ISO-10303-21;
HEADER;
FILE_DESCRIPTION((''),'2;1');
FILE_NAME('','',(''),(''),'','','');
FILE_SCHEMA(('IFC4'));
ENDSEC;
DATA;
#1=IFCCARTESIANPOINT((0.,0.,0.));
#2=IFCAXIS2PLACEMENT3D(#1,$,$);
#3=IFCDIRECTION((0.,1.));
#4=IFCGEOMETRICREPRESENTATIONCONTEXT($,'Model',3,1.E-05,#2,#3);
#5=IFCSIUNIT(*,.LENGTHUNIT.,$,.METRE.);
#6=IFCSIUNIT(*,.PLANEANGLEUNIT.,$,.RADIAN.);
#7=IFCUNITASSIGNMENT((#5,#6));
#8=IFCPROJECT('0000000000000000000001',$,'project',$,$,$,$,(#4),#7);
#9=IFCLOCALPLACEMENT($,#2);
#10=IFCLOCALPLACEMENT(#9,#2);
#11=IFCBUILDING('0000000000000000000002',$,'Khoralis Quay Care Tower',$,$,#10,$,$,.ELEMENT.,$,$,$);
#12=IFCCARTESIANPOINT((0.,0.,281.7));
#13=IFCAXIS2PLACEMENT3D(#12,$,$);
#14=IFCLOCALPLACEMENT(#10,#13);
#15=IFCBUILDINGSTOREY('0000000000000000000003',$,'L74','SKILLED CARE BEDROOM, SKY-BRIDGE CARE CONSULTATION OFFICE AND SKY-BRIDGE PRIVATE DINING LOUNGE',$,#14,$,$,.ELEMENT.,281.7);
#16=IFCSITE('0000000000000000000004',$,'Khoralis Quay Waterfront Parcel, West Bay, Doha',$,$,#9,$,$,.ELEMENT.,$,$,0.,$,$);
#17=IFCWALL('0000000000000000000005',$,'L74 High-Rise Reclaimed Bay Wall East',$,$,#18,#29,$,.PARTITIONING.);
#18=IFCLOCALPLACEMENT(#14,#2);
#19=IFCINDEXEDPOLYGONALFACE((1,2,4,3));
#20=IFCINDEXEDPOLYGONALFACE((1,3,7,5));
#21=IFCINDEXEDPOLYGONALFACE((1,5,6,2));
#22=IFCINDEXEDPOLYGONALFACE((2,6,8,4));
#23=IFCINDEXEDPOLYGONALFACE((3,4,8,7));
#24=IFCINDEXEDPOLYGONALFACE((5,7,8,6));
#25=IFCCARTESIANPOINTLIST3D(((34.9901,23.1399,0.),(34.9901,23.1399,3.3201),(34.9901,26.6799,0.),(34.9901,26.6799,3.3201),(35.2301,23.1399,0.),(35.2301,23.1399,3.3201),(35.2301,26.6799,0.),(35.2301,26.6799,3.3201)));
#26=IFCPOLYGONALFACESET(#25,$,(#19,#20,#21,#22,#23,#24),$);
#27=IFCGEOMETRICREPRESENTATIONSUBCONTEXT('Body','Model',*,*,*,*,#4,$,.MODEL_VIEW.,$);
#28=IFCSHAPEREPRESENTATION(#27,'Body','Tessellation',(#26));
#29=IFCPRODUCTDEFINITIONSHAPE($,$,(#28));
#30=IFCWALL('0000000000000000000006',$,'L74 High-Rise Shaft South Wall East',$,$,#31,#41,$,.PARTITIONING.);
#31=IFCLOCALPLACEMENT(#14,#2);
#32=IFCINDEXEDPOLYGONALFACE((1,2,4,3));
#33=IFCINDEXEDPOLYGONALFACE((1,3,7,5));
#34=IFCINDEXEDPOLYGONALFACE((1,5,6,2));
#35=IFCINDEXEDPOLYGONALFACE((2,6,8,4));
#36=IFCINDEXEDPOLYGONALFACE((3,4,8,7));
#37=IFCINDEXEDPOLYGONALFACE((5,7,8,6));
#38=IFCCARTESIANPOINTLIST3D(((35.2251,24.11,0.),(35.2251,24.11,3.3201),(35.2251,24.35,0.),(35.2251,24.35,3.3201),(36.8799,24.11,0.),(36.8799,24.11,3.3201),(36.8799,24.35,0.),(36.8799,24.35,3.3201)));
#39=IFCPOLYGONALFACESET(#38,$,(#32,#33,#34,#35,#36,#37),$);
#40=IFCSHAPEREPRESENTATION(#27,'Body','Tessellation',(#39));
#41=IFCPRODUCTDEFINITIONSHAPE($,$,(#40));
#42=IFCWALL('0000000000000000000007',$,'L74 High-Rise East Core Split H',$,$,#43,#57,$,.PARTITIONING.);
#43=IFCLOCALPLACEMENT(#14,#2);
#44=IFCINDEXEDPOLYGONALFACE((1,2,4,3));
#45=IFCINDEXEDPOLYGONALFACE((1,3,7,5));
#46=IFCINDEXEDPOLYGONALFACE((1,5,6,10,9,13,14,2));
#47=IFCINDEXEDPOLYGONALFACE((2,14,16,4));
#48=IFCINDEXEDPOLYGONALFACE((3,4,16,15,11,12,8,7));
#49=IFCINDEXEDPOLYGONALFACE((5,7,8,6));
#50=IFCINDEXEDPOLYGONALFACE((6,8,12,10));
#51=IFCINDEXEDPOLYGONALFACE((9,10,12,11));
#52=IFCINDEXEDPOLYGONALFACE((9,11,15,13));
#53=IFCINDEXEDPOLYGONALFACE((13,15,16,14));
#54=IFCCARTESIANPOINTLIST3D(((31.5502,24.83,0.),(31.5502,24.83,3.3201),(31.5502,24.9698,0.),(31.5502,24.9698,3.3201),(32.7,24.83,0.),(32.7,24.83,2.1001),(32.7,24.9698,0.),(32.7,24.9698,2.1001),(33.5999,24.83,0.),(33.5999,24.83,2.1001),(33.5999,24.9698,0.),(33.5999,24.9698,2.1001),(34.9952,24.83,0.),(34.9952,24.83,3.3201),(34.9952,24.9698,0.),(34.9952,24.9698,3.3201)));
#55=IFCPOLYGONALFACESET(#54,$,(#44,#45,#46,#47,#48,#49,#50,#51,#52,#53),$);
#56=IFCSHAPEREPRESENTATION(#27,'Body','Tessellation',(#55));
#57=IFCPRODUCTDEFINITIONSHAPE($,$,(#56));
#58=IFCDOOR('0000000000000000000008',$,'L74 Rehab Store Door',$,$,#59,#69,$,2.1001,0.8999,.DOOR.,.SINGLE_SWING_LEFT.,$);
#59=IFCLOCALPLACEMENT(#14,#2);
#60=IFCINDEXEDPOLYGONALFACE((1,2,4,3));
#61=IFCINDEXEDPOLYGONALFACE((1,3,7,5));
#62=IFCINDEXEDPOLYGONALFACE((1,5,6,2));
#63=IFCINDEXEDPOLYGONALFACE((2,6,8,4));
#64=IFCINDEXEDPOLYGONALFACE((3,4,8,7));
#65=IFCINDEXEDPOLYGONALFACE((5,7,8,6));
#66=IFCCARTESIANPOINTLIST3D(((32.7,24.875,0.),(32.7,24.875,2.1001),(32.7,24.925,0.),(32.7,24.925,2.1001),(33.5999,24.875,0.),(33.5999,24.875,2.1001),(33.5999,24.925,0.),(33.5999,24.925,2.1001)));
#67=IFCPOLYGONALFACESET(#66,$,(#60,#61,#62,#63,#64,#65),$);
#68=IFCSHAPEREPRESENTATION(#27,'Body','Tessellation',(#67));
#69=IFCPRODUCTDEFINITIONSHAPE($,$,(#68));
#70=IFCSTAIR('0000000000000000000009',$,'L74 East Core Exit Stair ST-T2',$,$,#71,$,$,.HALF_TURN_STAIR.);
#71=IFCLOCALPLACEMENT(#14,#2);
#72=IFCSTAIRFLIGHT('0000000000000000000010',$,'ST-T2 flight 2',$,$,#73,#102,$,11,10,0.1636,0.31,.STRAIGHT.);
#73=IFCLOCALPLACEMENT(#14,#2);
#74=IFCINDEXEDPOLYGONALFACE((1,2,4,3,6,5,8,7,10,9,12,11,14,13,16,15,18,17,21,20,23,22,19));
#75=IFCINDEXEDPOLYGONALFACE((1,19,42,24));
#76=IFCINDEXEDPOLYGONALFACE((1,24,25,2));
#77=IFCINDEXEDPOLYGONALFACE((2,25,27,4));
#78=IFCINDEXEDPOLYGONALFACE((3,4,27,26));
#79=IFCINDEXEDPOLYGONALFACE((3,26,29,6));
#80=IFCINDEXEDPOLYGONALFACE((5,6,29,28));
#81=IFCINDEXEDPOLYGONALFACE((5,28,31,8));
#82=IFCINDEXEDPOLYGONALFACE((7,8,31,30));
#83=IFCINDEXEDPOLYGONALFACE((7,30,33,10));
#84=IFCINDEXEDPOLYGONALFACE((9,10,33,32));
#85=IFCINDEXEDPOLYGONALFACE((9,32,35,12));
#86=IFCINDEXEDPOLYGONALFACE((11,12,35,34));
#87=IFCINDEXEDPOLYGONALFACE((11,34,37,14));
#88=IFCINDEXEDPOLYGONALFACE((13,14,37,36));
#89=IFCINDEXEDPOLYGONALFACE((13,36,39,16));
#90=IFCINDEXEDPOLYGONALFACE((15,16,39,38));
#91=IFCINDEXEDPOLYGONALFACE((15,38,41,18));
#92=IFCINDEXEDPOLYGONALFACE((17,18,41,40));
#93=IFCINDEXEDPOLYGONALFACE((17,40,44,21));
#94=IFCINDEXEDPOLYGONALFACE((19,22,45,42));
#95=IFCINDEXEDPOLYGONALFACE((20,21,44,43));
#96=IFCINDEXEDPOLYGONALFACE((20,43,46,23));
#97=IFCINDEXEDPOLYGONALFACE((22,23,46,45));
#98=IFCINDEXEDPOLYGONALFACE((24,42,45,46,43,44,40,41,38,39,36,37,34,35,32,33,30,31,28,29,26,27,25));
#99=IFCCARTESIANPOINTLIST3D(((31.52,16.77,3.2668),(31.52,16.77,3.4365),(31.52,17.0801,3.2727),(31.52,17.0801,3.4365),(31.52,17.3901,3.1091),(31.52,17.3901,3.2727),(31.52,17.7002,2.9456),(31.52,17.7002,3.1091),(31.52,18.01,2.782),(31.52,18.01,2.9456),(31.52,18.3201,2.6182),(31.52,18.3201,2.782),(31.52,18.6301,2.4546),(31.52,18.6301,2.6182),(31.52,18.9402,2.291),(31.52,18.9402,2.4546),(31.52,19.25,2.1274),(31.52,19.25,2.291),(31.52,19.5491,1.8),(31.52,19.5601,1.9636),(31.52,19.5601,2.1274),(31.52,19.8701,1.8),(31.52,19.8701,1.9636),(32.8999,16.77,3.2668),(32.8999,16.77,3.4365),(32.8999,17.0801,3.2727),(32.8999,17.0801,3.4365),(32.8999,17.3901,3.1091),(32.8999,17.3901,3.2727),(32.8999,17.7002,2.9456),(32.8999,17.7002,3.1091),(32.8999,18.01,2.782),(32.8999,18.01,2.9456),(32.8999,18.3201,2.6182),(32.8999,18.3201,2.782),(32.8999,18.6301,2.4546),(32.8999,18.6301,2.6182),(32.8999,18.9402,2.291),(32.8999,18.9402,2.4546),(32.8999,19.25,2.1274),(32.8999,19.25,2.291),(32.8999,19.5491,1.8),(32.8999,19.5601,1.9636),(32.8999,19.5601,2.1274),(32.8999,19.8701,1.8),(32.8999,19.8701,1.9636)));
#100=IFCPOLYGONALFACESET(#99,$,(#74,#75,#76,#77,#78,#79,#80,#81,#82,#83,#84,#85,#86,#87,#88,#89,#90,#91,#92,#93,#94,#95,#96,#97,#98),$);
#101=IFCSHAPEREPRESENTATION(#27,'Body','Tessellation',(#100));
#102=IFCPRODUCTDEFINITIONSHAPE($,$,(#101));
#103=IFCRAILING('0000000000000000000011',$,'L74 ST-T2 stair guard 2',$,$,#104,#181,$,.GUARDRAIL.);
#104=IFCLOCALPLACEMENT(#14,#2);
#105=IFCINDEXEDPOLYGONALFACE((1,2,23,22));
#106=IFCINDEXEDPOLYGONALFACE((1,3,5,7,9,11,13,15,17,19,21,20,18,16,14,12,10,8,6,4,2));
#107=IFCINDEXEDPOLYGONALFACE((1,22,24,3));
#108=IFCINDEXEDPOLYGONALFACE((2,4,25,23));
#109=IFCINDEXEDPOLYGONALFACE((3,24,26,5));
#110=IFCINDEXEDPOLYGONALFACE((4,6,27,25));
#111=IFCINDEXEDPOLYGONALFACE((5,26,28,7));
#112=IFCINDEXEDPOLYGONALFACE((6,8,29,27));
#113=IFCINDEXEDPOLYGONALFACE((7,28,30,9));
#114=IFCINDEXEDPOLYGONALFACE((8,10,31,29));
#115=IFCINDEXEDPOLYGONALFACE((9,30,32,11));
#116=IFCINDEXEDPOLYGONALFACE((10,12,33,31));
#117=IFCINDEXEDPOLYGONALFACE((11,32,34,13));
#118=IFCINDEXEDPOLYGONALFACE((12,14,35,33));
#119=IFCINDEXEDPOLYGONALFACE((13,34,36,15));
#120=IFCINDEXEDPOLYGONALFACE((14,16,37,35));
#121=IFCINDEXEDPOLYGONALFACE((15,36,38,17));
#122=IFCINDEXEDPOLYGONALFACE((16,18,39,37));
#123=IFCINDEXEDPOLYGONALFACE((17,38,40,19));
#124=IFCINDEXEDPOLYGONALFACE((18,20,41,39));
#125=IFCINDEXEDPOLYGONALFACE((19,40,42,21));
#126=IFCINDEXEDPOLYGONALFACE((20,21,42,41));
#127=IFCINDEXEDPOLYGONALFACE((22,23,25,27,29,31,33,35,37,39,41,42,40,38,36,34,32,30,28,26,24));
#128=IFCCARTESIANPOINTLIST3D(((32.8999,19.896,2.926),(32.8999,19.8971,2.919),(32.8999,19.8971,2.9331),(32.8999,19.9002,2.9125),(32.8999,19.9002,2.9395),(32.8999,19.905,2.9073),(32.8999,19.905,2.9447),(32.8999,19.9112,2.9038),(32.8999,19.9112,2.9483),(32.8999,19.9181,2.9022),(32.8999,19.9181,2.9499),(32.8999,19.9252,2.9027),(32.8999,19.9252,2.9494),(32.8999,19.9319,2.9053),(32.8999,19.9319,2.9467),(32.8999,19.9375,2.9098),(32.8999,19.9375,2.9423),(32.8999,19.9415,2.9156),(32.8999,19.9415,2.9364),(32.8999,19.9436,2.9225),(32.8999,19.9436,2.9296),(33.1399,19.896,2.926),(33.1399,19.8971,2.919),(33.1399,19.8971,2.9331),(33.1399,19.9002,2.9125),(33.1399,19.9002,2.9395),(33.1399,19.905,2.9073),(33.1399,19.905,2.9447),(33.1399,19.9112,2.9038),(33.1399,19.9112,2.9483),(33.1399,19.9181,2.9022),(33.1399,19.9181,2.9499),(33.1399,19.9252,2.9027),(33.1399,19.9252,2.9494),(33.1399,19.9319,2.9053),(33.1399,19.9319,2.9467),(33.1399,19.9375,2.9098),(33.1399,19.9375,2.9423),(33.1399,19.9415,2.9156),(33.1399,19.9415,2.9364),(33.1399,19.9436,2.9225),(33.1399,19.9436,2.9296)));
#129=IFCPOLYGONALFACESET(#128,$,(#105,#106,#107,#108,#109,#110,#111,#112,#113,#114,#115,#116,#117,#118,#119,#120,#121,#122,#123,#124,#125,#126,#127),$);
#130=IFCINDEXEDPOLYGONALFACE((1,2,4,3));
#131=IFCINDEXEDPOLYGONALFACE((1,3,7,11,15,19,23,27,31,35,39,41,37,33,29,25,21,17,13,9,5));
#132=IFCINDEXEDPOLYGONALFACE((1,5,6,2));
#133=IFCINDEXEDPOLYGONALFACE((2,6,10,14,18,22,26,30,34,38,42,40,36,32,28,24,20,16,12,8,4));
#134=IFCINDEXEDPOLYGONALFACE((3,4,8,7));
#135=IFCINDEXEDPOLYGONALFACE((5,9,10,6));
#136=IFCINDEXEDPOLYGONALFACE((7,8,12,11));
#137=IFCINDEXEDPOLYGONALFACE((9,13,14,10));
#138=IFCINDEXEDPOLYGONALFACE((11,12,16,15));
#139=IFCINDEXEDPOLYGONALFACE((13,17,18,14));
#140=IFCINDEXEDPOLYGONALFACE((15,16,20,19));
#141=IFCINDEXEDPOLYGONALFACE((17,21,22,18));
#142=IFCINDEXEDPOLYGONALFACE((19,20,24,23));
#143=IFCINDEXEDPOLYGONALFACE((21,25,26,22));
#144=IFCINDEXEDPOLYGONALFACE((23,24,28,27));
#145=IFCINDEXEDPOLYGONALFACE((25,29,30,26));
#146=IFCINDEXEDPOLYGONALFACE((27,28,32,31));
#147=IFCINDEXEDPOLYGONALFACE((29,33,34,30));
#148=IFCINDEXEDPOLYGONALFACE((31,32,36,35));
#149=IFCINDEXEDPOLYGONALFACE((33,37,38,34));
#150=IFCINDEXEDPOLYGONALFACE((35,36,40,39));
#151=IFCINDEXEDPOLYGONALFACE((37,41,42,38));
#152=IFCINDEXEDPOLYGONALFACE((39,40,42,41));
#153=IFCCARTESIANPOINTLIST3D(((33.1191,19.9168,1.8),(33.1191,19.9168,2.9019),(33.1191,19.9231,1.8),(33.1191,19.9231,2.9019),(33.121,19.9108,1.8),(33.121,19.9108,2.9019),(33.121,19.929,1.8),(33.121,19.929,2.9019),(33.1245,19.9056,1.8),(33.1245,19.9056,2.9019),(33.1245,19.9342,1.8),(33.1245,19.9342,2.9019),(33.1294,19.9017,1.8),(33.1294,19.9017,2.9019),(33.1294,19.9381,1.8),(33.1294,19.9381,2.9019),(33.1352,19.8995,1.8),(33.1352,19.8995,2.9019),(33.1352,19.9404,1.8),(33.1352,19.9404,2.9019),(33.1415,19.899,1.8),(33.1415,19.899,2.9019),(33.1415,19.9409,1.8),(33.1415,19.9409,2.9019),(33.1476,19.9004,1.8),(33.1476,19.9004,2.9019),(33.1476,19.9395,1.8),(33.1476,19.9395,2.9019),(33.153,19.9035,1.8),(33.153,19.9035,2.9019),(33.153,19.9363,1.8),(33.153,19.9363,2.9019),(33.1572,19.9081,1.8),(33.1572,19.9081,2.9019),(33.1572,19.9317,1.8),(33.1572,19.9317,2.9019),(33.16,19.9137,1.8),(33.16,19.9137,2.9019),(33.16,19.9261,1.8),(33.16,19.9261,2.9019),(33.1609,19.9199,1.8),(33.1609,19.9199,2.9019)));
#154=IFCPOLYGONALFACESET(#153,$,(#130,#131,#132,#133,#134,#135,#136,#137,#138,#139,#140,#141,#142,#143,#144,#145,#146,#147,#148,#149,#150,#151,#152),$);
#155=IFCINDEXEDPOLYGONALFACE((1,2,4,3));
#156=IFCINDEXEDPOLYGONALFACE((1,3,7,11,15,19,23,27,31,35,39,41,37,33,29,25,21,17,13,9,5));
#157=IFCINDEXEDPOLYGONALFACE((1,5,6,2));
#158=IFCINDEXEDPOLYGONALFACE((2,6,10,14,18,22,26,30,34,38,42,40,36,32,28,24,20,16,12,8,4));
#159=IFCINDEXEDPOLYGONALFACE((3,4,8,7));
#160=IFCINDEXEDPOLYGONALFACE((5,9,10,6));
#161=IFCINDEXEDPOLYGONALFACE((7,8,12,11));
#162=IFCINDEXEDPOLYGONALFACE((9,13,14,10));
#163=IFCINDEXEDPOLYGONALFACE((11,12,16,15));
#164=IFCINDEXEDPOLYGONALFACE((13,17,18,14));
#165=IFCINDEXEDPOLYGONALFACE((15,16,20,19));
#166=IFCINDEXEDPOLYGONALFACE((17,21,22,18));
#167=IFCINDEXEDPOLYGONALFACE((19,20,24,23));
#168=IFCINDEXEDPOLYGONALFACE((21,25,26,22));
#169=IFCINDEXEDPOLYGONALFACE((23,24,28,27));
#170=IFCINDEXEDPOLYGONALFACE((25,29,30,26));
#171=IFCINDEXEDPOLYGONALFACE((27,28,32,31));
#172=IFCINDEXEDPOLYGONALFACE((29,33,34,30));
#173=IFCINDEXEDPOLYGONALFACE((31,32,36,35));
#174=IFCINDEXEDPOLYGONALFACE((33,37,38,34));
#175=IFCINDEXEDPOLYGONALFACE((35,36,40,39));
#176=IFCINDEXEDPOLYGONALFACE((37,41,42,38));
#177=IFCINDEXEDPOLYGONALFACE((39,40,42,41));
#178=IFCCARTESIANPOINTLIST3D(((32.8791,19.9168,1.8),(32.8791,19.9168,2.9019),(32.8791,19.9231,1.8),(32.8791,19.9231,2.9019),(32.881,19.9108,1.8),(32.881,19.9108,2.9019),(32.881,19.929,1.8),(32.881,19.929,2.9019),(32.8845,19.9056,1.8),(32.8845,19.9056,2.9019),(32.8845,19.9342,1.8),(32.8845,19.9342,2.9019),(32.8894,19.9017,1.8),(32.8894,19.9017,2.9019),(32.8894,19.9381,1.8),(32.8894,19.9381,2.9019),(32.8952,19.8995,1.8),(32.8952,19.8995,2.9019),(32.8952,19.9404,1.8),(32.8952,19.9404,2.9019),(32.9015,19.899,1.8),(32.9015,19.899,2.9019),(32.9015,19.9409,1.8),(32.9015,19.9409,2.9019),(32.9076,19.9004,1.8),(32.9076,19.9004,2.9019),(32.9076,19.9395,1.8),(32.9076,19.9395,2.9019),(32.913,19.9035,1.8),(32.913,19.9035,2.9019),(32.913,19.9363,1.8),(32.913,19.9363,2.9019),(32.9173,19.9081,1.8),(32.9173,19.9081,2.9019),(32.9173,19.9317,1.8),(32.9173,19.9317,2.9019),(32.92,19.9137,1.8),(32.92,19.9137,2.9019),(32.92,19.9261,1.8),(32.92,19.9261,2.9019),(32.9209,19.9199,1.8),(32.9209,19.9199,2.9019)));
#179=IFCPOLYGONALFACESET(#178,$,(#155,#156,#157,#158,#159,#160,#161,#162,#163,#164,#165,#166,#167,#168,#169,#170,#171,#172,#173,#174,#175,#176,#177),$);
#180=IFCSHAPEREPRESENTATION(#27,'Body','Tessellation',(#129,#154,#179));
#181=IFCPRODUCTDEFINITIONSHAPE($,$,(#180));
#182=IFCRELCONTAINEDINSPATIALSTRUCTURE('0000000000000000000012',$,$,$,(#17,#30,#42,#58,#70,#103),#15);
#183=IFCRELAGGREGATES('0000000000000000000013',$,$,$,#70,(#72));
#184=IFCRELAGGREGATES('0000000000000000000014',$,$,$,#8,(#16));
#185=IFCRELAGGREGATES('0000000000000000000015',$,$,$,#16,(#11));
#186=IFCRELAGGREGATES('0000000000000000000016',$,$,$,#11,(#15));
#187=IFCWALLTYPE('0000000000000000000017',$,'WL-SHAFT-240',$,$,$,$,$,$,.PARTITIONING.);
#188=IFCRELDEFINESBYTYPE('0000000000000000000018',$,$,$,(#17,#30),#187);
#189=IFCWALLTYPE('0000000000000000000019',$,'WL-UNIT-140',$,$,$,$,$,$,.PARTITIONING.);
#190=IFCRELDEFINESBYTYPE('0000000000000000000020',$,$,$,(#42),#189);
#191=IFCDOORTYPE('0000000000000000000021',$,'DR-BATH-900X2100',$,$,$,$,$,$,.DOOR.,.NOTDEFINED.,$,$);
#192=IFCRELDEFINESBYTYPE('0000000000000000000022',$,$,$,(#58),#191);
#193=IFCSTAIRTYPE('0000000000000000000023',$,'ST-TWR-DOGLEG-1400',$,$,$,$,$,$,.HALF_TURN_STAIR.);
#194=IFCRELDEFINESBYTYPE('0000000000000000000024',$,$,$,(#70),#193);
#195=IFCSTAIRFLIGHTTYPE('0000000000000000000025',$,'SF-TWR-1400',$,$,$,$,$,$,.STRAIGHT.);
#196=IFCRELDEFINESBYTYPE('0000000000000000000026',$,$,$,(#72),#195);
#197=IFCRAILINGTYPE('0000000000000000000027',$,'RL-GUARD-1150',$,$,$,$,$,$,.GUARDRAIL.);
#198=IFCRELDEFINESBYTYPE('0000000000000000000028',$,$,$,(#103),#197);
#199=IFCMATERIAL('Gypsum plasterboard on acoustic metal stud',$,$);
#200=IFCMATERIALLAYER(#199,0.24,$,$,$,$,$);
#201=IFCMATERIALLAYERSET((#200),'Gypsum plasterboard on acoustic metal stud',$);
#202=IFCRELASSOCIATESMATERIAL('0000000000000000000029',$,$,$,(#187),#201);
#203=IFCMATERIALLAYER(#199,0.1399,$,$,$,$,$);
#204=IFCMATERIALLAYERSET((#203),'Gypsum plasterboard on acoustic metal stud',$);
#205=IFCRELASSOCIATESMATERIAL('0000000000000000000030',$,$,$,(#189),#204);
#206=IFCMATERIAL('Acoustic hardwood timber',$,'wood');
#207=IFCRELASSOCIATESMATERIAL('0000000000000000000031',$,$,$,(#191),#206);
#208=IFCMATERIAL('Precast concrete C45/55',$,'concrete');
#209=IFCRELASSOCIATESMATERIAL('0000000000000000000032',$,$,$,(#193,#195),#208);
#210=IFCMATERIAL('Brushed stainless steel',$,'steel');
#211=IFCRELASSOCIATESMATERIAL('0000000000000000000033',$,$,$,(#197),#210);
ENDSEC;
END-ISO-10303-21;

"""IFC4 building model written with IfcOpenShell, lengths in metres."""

from ifc_helpers import new_model, si_unit, direction, frame, frame_2d, origin, origin_2d, place, context, subcontext, project, spatial, polyline, rectangle, circle, outline, extrude, source, transform, mapped, material, layer, layer_set, type_object, element, fill, aggregate, save


model = new_model("IFC4")

# Units and contexts
model_context = context("Model", 3, precision=1e-05, world=origin(), true_north=direction((0.0, 1.0)))
body_context = subcontext(model_context, "Body", "Model", "MODEL_VIEW")
ifc_project = project(units=[si_unit("LENGTHUNIT", "METRE"), si_unit("PLANEANGLEUNIT", "RADIAN")], contexts=[model_context])

# Site, building, storey
site_placement = place(None, origin())
site = spatial("IfcSite", under=ifc_project, at=site_placement, Name="Khoralis Quay Waterfront Parcel, West Bay, Doha", CompositionType="ELEMENT", RefElevation=0.0)
building_placement = place(site_placement, origin())
building = spatial("IfcBuilding", under=site, at=building_placement, Name="Khoralis Quay Care Tower", CompositionType="ELEMENT")
storey_placement = place(building_placement, frame((0.0, 0.0, 281.7)))
storey = spatial("IfcBuildingStorey", under=building, at=storey_placement, Name="L74", Description="SKILLED CARE BEDROOM, SKY-BRIDGE CARE CONSULTATION OFFICE AND SKY-BRIDGE PRIVATE DINING LOUNGE", CompositionType="ELEMENT", Elevation=281.7)

# Shared definitions
ifc_material_1 = material(Name="Brushed stainless steel", Category="steel")
ifc_material_2 = material(Name="Acoustic hardwood timber", Category="wood")

# Shared definitions
ifc_material_3 = material(Name="Gypsum plasterboard on acoustic metal stud")

# Walls
ifc_layer_1 = layer(ifc_material_3, 0.24)
ifc_layer_set_1 = layer_set([ifc_layer_1], Name="Gypsum plasterboard on acoustic metal stud")
wall_type_1 = type_object("IfcWallType", Name="WL-SHAFT-240", PredefinedType="PARTITIONING", material=ifc_layer_set_1)
wall_1_placement = place(storey_placement, frame((35.1101, 23.1399, 0.0), z_axis=(0.0, 0.0, 1.0), x_axis=(0.0, 1.0, 0.0)))
element("IfcWall", 1, at=wall_1_placement, inside=storey, type_object=wall_type_1, Name="L74 High-Rise Reclaimed Bay Wall East", PredefinedType="PARTITIONING", context=body_context, shape_type="SweptSolid", body=[
    extrude(rectangle(XDim=3.54, YDim=0.24, at=frame_2d((1.77, 0.0))), origin(), (0.0, 0.0, 1.0), 3.3201),
])
wall_2_placement = place(storey_placement, frame((35.2251, 24.23, 0.0), z_axis=(0.0, 0.0, 1.0), x_axis=(1.0, 0.0, 0.0)))
element("IfcWall", 2, at=wall_2_placement, inside=storey, type_object=wall_type_1, Name="L74 High-Rise Shaft South Wall East", PredefinedType="PARTITIONING", context=body_context, shape_type="SweptSolid", body=[
    extrude(rectangle(XDim=1.6548, YDim=0.24, at=frame_2d((0.8274, 0.0))), origin(), (0.0, 0.0, 1.0), 3.3201),
])

# Wall, opening, door
ifc_layer_2 = layer(ifc_material_3, 0.1399)
ifc_layer_set_2 = layer_set([ifc_layer_2], Name="Gypsum plasterboard on acoustic metal stud")
wall_type_2 = type_object("IfcWallType", Name="WL-UNIT-140", PredefinedType="PARTITIONING", material=ifc_layer_set_2)
wall_3_placement = place(storey_placement, frame((31.55, 24.8999, 0.0), z_axis=(0.0, 0.0, 1.0), x_axis=(1.0, 0.0, 0.0)))
wall_3 = element("IfcWall", 3, at=wall_3_placement, inside=storey, type_object=wall_type_2, Name="L74 High-Rise East Core Split H", PredefinedType="PARTITIONING", context=body_context, shape_type="SweptSolid", body=[
    extrude(rectangle(XDim=3.4451, YDim=0.1399, at=frame_2d((1.7227, 0.0))), origin(), (0.0, 0.0, 1.0), 3.3201),
])
opening_1_placement = place(wall_3_placement, frame((1.1499, 0.0, 0.0)))
opening_1 = element("IfcOpeningElement", 4, at=opening_1_placement, cuts=wall_3, PredefinedType="OPENING", context=body_context, shape_type="SweptSolid", body=[
    extrude(rectangle(XDim=0.8999, YDim=2.1001, at=frame_2d((0.45, 1.05))), frame((0.0, 0.0801, 0.0), z_axis=(0.0, -1.0, 0.0), x_axis=(1.0, 0.0, 0.0)), (0.0, 0.0, 1.0), 0.1599),
])
door_type_1 = type_object("IfcDoorType", Name="DR-BATH-900X2100", OperationType="NOTDEFINED", PredefinedType="DOOR", material=ifc_material_2)
shared_shape_1 = source(origin(), body_context, "Body", "SweptSolid", [
    extrude(rectangle(XDim=0.8999, YDim=2.1001, at=frame_2d((0.45, 1.05))), frame((0.0, 0.0249, 0.0), z_axis=(0.0, -1.0, 0.0), x_axis=(1.0, 0.0, 0.0)), (0.0, 0.0, 1.0), 0.05),
])
door_1_placement = place(opening_1_placement, frame((0.8999, 0.0, 0.0), z_axis=(0.0, 0.0, 1.0), x_axis=(-1.0, 0.0, 0.0)))
door_1 = element("IfcDoor", 5, at=door_1_placement, inside=storey, type_object=door_type_1, Name="L74 Rehab Store Door", OperationType="SINGLE_SWING_LEFT", OverallHeight=2.1001, OverallWidth=0.8999, PredefinedType="DOOR", context=body_context, shape_type="MappedRepresentation", body=[
    mapped(shared_shape_1, transform((0.0, 0.0, 0.0), scale=1.0)),
])
fill(opening_1, door_1)

# Stair, stair flight
ifc_material_4 = material(Name="Precast concrete C45/55", Category="concrete")
stair_type = type_object("IfcStairType", Name="ST-TWR-DOGLEG-1400", PredefinedType="HALF_TURN_STAIR", material=ifc_material_4)
stair_placement = place(storey_placement, origin())
stair = element("IfcStair", 6, at=stair_placement, inside=storey, type_object=stair_type, Name="L74 East Core Exit Stair ST-T2", PredefinedType="HALF_TURN_STAIR")
stair_flight_type = type_object("IfcStairFlightType", Name="SF-TWR-1400", PredefinedType="STRAIGHT", material=ifc_material_4)
shared_shape_2 = source(origin(), body_context, "Body", "SweptSolid", [
    extrude(outline(polyline([(0.0, 0.0), (0.0, 0.1636), (0.3101, 0.1636), (0.3101, 0.3274), (0.6201, 0.3274), (0.6201, 0.491), (0.9299, 0.491), (0.9299, 0.6545), (1.24, 0.6545), (1.24, 0.8181), (1.55, 0.8181), (1.55, 0.9819), (1.8601, 0.9819), (1.8601, 1.1455), (2.1699, 1.1455), (2.1699, 1.3091), (2.48, 1.3091), (2.48, 1.4727), (2.79, 1.4727), (2.79, 1.6365), (3.1001, 1.6365), (3.1001, 1.8), (3.1001, 1.4668), (0.321, 0.0), (0.0, 0.0)])), frame((0.0, 0.6899, 0.0), z_axis=(0.0, -1.0, 0.0), x_axis=(1.0, 0.0, 0.0)), (0.0, 0.0, 1.0), 1.3799),
])
stair_flight_placement = place(storey_placement, frame((32.21, 19.8701, 1.8), z_axis=(0.0, 0.0, 1.0), x_axis=(0.0, -1.0, 0.0)))
stair_flight = element("IfcStairFlight", 7, at=stair_flight_placement, type_object=stair_flight_type, Name="ST-T2 flight 2", NumberOfRisers=11, NumberOfTreads=10, PredefinedType="STRAIGHT", RiserHeight=0.1636, TreadLength=0.31, context=body_context, shape_type="MappedRepresentation", body=[
    mapped(shared_shape_2, transform((0.0, 0.0, 0.0), scale=1.0)),
])
aggregate(stair, [stair_flight])

# Railing
railing_type_1 = type_object("IfcRailingType", Name="RL-GUARD-1150", PredefinedType="GUARDRAIL", material=ifc_material_1)
railing_1_placement = place(storey_placement, frame((33.1399, 19.9199, 1.8)))
element("IfcRailing", 8, at=railing_1_placement, inside=storey, type_object=railing_type_1, Name="L74 ST-T2 stair guard 2", PredefinedType="GUARDRAIL", context=body_context, shape_type="SweptSolid", body=[
    extrude(circle(Radius=0.0239, at=origin_2d()), frame((0.0, 0.0, 1.126), z_axis=(-1.0, 0.0, 0.0), x_axis=(0.0, -1.0, 0.0)), (0.0, 0.0, 1.0), 0.24),
    extrude(circle(Radius=0.021, at=origin_2d()), origin(), (0.0, 0.0, 1.0), 1.1018),
    extrude(circle(Radius=0.021, at=origin_2d()), frame((-0.24, 0.0, 0.0)), (0.0, 0.0, 1.0), 1.1018),
])

save(model, "model.ifc")
